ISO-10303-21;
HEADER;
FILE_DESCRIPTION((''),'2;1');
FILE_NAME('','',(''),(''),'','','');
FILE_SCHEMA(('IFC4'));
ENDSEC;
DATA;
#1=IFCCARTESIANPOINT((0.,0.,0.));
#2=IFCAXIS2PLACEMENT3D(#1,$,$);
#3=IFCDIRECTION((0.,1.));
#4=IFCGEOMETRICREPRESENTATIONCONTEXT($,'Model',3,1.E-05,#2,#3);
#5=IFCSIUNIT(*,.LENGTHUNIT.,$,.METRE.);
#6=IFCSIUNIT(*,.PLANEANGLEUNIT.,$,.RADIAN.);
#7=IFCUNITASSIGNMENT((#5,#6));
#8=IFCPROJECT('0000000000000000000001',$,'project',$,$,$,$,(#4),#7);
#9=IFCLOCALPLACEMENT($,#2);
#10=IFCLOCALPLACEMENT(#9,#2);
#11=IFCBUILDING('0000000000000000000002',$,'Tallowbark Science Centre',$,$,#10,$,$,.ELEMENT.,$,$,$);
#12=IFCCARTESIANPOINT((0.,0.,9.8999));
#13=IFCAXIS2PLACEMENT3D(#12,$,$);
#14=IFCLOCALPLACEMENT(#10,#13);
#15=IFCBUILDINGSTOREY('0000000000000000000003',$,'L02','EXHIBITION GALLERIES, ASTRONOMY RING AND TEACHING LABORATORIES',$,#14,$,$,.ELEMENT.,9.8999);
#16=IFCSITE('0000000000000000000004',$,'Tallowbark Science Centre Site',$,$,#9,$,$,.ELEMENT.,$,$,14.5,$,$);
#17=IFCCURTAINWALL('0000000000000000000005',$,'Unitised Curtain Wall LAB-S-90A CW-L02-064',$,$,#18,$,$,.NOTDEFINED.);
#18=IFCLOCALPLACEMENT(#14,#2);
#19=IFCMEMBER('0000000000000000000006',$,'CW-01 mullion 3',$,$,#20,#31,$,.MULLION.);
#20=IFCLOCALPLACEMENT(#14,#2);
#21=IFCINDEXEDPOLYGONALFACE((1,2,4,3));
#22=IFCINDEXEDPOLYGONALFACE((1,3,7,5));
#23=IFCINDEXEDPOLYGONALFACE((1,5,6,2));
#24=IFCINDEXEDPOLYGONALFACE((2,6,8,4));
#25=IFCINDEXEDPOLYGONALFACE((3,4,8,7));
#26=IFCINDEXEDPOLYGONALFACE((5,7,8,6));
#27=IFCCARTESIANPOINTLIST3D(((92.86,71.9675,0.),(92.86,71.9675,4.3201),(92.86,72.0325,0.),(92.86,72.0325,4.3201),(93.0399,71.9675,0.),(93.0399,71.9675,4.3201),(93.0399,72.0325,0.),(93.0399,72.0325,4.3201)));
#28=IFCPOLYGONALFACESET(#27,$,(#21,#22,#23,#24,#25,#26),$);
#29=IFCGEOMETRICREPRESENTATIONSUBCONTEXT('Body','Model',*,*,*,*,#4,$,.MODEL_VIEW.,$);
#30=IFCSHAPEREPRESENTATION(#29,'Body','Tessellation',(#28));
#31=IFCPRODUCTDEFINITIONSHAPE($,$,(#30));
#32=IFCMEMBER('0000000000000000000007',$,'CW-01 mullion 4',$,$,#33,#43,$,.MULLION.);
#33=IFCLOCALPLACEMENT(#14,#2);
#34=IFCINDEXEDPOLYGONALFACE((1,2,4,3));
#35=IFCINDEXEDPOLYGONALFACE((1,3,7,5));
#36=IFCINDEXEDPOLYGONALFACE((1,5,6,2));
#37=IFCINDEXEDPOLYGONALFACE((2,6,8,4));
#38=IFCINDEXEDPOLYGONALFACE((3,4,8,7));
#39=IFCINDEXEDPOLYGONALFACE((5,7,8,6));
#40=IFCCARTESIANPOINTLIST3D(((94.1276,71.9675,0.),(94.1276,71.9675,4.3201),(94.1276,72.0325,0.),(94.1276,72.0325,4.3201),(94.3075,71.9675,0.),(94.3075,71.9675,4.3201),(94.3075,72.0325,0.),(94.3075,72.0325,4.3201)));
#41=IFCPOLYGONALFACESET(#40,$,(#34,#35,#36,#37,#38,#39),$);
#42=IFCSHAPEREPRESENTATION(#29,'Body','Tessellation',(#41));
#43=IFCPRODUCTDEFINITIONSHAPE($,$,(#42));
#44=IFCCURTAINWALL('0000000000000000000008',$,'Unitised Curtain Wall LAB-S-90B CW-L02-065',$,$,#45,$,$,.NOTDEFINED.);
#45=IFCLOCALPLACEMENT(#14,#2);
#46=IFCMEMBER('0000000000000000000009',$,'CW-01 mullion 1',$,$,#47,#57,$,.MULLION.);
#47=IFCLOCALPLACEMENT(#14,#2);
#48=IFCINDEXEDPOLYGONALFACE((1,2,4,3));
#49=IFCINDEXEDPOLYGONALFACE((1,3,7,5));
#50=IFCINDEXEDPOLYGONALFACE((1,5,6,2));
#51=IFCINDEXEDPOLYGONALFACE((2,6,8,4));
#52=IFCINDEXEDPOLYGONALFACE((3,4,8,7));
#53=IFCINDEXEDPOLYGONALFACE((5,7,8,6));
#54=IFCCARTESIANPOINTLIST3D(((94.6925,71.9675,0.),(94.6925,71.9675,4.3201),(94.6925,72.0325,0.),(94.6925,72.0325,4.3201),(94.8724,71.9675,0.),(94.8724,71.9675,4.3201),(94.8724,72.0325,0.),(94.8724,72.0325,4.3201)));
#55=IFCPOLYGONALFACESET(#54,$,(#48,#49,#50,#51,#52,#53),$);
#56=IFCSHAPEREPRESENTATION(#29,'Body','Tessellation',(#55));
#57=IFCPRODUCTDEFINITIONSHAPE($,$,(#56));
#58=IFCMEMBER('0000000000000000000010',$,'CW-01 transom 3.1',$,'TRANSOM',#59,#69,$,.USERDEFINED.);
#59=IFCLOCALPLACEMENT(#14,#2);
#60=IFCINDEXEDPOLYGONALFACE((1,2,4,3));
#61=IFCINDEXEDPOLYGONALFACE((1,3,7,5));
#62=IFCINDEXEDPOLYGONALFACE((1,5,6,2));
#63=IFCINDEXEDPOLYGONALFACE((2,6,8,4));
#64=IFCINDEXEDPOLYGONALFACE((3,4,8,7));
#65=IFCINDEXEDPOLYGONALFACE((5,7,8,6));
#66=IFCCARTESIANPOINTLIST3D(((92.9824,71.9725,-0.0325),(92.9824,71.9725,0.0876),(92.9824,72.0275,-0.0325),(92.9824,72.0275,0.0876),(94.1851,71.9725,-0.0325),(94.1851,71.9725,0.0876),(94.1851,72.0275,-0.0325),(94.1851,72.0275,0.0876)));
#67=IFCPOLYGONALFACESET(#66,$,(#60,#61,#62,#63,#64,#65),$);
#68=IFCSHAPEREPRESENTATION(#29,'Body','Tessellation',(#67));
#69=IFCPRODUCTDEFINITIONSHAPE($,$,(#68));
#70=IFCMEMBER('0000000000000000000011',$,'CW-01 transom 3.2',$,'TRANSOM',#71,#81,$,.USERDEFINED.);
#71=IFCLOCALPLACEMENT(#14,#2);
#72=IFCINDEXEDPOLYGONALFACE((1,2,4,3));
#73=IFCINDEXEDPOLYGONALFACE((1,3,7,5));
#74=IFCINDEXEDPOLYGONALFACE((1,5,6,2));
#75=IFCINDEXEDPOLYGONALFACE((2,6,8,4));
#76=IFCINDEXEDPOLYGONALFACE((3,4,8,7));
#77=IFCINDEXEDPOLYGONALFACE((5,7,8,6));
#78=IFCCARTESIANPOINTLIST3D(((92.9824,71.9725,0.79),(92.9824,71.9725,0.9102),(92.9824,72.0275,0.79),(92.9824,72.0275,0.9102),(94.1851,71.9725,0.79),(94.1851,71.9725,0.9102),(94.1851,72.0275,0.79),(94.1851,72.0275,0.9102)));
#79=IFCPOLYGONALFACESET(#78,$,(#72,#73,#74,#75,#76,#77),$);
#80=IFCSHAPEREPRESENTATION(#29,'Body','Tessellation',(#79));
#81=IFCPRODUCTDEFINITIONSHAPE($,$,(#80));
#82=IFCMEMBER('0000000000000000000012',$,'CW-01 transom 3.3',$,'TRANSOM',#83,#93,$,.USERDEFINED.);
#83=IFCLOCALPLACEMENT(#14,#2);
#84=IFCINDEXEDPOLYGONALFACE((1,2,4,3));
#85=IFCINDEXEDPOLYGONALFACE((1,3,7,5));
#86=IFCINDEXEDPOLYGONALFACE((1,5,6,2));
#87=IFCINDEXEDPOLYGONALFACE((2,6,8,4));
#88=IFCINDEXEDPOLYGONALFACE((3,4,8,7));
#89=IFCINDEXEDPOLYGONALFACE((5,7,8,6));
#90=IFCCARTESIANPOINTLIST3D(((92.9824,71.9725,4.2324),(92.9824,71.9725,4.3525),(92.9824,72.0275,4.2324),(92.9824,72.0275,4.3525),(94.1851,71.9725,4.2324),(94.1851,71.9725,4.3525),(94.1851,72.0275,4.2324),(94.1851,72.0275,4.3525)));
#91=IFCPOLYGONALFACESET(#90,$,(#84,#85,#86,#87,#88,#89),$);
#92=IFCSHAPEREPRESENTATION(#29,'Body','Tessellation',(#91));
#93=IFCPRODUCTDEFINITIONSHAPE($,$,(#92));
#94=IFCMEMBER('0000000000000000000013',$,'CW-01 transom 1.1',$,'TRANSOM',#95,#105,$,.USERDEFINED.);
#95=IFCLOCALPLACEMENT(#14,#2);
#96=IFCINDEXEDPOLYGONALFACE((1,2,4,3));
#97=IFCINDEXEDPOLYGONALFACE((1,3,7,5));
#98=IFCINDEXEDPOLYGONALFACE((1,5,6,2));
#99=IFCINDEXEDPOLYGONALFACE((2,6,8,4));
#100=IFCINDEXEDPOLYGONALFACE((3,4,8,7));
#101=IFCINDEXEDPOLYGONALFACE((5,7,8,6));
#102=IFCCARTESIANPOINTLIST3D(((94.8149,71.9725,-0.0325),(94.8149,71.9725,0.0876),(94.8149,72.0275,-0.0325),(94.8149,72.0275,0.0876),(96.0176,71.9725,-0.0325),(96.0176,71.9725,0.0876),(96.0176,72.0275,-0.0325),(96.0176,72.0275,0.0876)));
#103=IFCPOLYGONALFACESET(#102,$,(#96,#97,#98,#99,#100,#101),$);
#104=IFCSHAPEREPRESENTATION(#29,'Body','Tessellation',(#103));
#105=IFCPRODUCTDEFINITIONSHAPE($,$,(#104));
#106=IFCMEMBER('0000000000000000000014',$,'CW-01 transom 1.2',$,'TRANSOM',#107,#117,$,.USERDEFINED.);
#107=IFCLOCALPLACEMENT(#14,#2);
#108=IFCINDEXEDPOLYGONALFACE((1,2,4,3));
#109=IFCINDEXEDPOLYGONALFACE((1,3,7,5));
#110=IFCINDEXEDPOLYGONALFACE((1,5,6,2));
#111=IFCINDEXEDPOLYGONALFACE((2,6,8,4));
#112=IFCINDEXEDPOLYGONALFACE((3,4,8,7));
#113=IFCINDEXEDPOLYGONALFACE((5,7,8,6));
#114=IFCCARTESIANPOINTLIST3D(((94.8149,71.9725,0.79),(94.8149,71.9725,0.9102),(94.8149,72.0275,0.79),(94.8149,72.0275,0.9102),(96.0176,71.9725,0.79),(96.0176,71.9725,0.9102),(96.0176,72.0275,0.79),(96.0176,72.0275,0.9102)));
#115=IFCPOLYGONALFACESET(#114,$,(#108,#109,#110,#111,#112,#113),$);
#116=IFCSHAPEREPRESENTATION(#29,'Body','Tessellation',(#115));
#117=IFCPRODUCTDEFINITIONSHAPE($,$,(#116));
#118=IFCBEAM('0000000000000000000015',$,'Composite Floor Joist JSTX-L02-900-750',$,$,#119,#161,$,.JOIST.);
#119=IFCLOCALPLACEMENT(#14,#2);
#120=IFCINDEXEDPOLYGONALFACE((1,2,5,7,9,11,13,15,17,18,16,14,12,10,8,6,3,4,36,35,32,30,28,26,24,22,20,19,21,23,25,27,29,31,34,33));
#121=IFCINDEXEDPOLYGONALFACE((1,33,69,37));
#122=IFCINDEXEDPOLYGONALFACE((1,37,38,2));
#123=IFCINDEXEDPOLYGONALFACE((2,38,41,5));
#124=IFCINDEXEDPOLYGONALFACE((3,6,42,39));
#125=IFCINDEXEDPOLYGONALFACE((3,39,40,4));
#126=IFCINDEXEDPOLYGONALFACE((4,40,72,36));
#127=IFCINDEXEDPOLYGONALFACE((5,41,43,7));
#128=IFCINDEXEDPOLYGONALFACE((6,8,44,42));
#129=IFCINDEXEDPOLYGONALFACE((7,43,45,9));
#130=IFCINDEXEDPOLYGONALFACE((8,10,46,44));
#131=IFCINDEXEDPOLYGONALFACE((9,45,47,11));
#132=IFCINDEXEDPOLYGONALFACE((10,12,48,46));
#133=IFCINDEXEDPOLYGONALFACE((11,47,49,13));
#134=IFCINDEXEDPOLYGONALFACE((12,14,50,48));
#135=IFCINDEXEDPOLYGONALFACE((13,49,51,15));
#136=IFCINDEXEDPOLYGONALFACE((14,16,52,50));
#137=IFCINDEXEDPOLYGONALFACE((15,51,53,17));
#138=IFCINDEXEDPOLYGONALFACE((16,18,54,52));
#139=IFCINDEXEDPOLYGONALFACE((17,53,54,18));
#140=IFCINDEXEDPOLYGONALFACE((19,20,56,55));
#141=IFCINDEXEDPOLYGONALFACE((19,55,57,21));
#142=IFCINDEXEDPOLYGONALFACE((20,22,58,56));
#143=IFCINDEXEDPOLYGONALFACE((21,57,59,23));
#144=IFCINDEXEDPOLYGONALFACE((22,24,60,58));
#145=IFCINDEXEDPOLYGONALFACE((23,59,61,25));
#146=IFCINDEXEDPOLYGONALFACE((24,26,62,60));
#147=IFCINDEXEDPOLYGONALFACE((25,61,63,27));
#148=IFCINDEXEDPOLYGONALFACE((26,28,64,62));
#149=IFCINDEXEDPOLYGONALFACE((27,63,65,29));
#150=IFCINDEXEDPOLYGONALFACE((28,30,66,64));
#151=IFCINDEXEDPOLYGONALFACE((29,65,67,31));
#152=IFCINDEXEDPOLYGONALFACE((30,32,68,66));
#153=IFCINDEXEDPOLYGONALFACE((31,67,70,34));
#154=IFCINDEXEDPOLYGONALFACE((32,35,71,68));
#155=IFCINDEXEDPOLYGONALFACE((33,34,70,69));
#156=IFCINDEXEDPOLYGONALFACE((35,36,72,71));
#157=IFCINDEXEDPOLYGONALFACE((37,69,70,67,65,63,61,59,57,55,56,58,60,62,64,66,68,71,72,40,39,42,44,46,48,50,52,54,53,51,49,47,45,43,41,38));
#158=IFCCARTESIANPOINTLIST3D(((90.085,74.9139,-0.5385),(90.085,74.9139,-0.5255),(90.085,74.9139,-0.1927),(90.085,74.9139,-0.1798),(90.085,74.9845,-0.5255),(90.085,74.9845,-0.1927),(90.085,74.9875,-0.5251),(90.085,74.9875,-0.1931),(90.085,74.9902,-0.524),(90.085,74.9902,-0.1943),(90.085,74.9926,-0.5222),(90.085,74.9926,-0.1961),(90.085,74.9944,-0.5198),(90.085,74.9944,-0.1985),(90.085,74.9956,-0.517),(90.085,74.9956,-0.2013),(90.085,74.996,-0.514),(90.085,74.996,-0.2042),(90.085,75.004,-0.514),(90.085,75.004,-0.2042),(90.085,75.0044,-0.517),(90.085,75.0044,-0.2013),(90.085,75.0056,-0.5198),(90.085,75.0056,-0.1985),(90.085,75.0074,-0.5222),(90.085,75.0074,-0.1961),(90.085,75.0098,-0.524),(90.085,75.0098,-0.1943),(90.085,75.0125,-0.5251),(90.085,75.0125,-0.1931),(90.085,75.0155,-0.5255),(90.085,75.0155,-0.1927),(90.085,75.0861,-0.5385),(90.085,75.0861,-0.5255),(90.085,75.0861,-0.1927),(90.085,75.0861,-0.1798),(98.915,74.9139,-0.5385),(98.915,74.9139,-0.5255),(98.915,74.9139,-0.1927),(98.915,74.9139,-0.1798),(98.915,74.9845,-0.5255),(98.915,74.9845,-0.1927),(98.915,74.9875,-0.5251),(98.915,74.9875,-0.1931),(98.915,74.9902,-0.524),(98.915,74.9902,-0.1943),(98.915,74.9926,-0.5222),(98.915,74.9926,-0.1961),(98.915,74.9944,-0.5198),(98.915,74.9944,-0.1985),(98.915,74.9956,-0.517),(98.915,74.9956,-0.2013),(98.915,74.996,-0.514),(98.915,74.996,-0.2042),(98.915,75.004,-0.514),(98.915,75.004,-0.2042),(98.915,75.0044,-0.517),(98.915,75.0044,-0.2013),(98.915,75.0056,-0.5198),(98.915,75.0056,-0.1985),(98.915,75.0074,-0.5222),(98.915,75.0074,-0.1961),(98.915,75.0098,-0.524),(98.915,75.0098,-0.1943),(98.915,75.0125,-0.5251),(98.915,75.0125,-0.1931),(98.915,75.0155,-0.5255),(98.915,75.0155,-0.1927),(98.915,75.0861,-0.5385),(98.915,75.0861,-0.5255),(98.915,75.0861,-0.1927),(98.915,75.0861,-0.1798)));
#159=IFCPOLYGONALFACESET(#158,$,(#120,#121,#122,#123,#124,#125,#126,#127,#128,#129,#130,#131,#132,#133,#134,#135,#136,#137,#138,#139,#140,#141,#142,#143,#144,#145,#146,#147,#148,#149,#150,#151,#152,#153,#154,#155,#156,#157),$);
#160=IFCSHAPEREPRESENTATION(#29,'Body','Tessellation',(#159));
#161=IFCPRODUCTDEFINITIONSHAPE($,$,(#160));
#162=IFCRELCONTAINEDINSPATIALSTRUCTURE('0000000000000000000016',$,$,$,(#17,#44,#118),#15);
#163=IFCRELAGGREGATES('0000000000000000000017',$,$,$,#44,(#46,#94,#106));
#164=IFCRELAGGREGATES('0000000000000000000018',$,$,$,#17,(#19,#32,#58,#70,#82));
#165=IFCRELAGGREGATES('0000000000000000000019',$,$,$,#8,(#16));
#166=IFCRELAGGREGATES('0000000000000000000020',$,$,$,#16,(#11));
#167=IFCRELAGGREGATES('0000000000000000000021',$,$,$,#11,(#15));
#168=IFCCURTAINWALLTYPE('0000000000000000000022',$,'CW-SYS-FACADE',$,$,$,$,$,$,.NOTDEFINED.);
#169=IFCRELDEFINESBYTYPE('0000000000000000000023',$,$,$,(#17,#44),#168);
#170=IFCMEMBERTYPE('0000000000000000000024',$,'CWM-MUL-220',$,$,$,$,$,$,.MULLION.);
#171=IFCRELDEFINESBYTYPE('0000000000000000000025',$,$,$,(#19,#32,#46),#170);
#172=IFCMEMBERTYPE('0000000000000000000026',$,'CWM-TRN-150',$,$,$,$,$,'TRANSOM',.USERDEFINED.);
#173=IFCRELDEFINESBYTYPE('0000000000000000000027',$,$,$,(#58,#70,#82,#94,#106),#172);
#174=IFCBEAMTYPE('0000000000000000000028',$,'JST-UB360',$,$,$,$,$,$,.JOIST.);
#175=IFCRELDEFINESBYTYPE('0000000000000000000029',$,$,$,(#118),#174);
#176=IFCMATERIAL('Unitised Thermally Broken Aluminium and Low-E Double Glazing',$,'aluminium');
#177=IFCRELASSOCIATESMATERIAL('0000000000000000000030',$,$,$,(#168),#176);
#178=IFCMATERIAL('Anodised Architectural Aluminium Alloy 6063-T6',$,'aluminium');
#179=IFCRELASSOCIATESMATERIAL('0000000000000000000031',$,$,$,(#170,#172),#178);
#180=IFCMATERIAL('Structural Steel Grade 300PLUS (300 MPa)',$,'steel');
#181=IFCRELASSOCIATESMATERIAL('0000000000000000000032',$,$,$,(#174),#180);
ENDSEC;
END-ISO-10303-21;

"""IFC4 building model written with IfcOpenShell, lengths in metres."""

from ifc_helpers import new_model, si_unit, direction, frame, origin, origin_2d, place, context, subcontext, project, spatial, rectangle, i_section, extrude, material, material_profile, profile_set, type_object, element, aggregate, save


model = new_model("IFC4")

# Units and contexts
model_context = context("Model", 3, precision=1e-05, world=origin(), true_north=direction((0.0, 1.0)))
body_context = subcontext(model_context, "Body", "Model", "MODEL_VIEW")
ifc_project = project(units=[si_unit("LENGTHUNIT", "METRE"), si_unit("PLANEANGLEUNIT", "RADIAN")], contexts=[model_context])

# Site, building, storey
site_placement = place(None, origin())
site = spatial("IfcSite", under=ifc_project, at=site_placement, Name="Tallowbark Science Centre Site", CompositionType="ELEMENT", RefElevation=14.5)
building_placement = place(site_placement, origin())
building = spatial("IfcBuilding", under=site, at=building_placement, Name="Tallowbark Science Centre", CompositionType="ELEMENT")
storey_placement = place(building_placement, frame((0.0, 0.0, 9.8999)))
storey = spatial("IfcBuildingStorey", under=building, at=storey_placement, Name="L02", Description="EXHIBITION GALLERIES, ASTRONOMY RING AND TEACHING LABORATORIES", CompositionType="ELEMENT", Elevation=9.8999)

# Curtain wall, members
ifc_material_1 = material(Name="Unitised Thermally Broken Aluminium and Low-E Double Glazing", Category="aluminium")
curtain_wall_type = type_object("IfcCurtainWallType", Name="CW-SYS-FACADE", PredefinedType="NOTDEFINED", material=ifc_material_1)
curtain_wall_1_placement = place(storey_placement, origin())
curtain_wall_1 = element("IfcCurtainWall", 1, at=curtain_wall_1_placement, inside=storey, type_object=curtain_wall_type, Name="Unitised Curtain Wall LAB-S-90A CW-L02-064", PredefinedType="NOTDEFINED")
ifc_material_2 = material(Name="Anodised Architectural Aluminium Alloy 6063-T6", Category="aluminium")
ifc_material_profile_1 = material_profile(ifc_material_2, rectangle(XDim=0.0649, YDim=0.1799, at=origin_2d()), Name="ALU65x180")
ifc_profile_set_1 = profile_set([ifc_material_profile_1], Name="Anodised Architectural Aluminium Alloy 6063-T6")
member_type_1 = type_object("IfcMemberType", Name="CWM-MUL-220", PredefinedType="MULLION", material=ifc_profile_set_1)
member_1_placement = place(storey_placement, frame((92.95, 72.0, 0.0), z_axis=(0.0, 0.0, 1.0), x_axis=(0.0, 1.0, 0.0)))
member_1 = element("IfcMember", 2, at=member_1_placement, type_object=member_type_1, Name="CW-01 mullion 3", PredefinedType="MULLION", context=body_context, shape_type="SweptSolid", body=[
    extrude(rectangle(XDim=0.0649, YDim=0.1799, at=origin_2d()), origin(), (0.0, 0.0, 1.0), 4.3201),
])
member_2_placement = place(storey_placement, frame((94.2175, 72.0, 0.0), z_axis=(0.0, 0.0, 1.0), x_axis=(0.0, 1.0, 0.0)))
member_2 = element("IfcMember", 3, at=member_2_placement, type_object=member_type_1, Name="CW-01 mullion 4", PredefinedType="MULLION", context=body_context, shape_type="SweptSolid", body=[
    extrude(rectangle(XDim=0.0649, YDim=0.1799, at=origin_2d()), origin(), (0.0, 0.0, 1.0), 4.3201),
])

# Curtain wall, member
curtain_wall_2_placement = place(storey_placement, origin())
curtain_wall_2 = element("IfcCurtainWall", 4, at=curtain_wall_2_placement, inside=storey, type_object=curtain_wall_type, Name="Unitised Curtain Wall LAB-S-90B CW-L02-065", PredefinedType="NOTDEFINED")
member_3_placement = place(storey_placement, frame((94.7825, 72.0, 0.0), z_axis=(0.0, 0.0, 1.0), x_axis=(0.0, 1.0, 0.0)))
member_3 = element("IfcMember", 5, at=member_3_placement, type_object=member_type_1, Name="CW-01 mullion 1", PredefinedType="MULLION", context=body_context, shape_type="SweptSolid", body=[
    extrude(rectangle(XDim=0.0649, YDim=0.1799, at=origin_2d()), origin(), (0.0, 0.0, 1.0), 4.3201),
])

# Members
ifc_material_profile_2 = material_profile(ifc_material_2, rectangle(XDim=0.0549, YDim=0.1201, at=origin_2d()), Name="ALU55x120")
ifc_profile_set_2 = profile_set([ifc_material_profile_2], Name="Anodised Architectural Aluminium Alloy 6063-T6")
member_type_2 = type_object("IfcMemberType", Name="CWM-TRN-150", ElementType="TRANSOM", PredefinedType="USERDEFINED", material=ifc_profile_set_2)
member_4_placement = place(storey_placement, frame((92.9824, 72.0, 0.0276), z_axis=(1.0, 0.0, 0.0), x_axis=(0.0, 1.0, 0.0)))
member_4 = element("IfcMember", 6, at=member_4_placement, type_object=member_type_2, Name="CW-01 transom 3.1", ObjectType="TRANSOM", PredefinedType="USERDEFINED", context=body_context, shape_type="SweptSolid", body=[
    extrude(rectangle(XDim=0.0549, YDim=0.1201, at=origin_2d()), origin(), (0.0, 0.0, 1.0), 1.2026),
])
member_5_placement = place(storey_placement, frame((92.9824, 72.0, 0.8501), z_axis=(1.0, 0.0, 0.0), x_axis=(0.0, 1.0, 0.0)))
member_5 = element("IfcMember", 7, at=member_5_placement, type_object=member_type_2, Name="CW-01 transom 3.2", ObjectType="TRANSOM", PredefinedType="USERDEFINED", context=body_context, shape_type="SweptSolid", body=[
    extrude(rectangle(XDim=0.0549, YDim=0.1201, at=origin_2d()), origin(), (0.0, 0.0, 1.0), 1.2026),
])
member_6_placement = place(storey_placement, frame((92.9824, 72.0, 4.2925), z_axis=(1.0, 0.0, 0.0), x_axis=(0.0, 1.0, 0.0)))
member_6 = element("IfcMember", 8, at=member_6_placement, type_object=member_type_2, Name="CW-01 transom 3.3", ObjectType="TRANSOM", PredefinedType="USERDEFINED", context=body_context, shape_type="SweptSolid", body=[
    extrude(rectangle(XDim=0.0549, YDim=0.1201, at=origin_2d()), origin(), (0.0, 0.0, 1.0), 1.2026),
])
member_7_placement = place(storey_placement, frame((94.8149, 72.0, 0.0276), z_axis=(1.0, 0.0, 0.0), x_axis=(0.0, 1.0, 0.0)))
member_7 = element("IfcMember", 9, at=member_7_placement, type_object=member_type_2, Name="CW-01 transom 1.1", ObjectType="TRANSOM", PredefinedType="USERDEFINED", context=body_context, shape_type="SweptSolid", body=[
    extrude(rectangle(XDim=0.0549, YDim=0.1201, at=origin_2d()), origin(), (0.0, 0.0, 1.0), 1.2026),
])
member_8_placement = place(storey_placement, frame((94.8149, 72.0, 0.8501), z_axis=(1.0, 0.0, 0.0), x_axis=(0.0, 1.0, 0.0)))
member_8 = element("IfcMember", 10, at=member_8_placement, type_object=member_type_2, Name="CW-01 transom 1.2", ObjectType="TRANSOM", PredefinedType="USERDEFINED", context=body_context, shape_type="SweptSolid", body=[
    extrude(rectangle(XDim=0.0549, YDim=0.1201, at=origin_2d()), origin(), (0.0, 0.0, 1.0), 1.2026),
])
aggregate(curtain_wall_2, [member_3, member_7, member_8])

# Beam
ifc_material_3 = material(Name="Structural Steel Grade 300PLUS (300 MPa)", Category="steel")
ifc_material_profile_3 = material_profile(ifc_material_3, i_section(OverallWidth=0.1721, OverallDepth=0.3586, WebThickness=0.0081, FlangeThickness=0.0129, FilletRadius=0.0115, at=origin_2d()), Name="360UB56.7")
ifc_profile_set_3 = profile_set([ifc_material_profile_3], Name="Structural Steel Grade 300PLUS (300 MPa)")
beam_type = type_object("IfcBeamType", Name="JST-UB360", PredefinedType="JOIST", material=ifc_profile_set_3)
for number, where, z_axis, x_axis, name in (
    (11, (90.085, 75.0, -0.3591), (1.0, 0.0, 0.0), (0.0, 1.0, 0.0), "Composite Floor Joist JSTX-L02-900-750"),
):
    element("IfcBeam", number, at=place(storey_placement, frame(where, z_axis=z_axis, x_axis=x_axis)), inside=storey, type_object=beam_type, Name=name, PredefinedType="JOIST", context=body_context, shape_type="SweptSolid", body=[
        extrude(i_section(OverallWidth=0.1721, OverallDepth=0.3586, WebThickness=0.0081, FlangeThickness=0.0129, FilletRadius=0.0115, at=origin_2d()), origin(), (0.0, 0.0, 1.0), 8.8301),
    ])

aggregate(curtain_wall_1, [member_1, member_2, member_4, member_5, member_6])

save(model, "model.ifc")
